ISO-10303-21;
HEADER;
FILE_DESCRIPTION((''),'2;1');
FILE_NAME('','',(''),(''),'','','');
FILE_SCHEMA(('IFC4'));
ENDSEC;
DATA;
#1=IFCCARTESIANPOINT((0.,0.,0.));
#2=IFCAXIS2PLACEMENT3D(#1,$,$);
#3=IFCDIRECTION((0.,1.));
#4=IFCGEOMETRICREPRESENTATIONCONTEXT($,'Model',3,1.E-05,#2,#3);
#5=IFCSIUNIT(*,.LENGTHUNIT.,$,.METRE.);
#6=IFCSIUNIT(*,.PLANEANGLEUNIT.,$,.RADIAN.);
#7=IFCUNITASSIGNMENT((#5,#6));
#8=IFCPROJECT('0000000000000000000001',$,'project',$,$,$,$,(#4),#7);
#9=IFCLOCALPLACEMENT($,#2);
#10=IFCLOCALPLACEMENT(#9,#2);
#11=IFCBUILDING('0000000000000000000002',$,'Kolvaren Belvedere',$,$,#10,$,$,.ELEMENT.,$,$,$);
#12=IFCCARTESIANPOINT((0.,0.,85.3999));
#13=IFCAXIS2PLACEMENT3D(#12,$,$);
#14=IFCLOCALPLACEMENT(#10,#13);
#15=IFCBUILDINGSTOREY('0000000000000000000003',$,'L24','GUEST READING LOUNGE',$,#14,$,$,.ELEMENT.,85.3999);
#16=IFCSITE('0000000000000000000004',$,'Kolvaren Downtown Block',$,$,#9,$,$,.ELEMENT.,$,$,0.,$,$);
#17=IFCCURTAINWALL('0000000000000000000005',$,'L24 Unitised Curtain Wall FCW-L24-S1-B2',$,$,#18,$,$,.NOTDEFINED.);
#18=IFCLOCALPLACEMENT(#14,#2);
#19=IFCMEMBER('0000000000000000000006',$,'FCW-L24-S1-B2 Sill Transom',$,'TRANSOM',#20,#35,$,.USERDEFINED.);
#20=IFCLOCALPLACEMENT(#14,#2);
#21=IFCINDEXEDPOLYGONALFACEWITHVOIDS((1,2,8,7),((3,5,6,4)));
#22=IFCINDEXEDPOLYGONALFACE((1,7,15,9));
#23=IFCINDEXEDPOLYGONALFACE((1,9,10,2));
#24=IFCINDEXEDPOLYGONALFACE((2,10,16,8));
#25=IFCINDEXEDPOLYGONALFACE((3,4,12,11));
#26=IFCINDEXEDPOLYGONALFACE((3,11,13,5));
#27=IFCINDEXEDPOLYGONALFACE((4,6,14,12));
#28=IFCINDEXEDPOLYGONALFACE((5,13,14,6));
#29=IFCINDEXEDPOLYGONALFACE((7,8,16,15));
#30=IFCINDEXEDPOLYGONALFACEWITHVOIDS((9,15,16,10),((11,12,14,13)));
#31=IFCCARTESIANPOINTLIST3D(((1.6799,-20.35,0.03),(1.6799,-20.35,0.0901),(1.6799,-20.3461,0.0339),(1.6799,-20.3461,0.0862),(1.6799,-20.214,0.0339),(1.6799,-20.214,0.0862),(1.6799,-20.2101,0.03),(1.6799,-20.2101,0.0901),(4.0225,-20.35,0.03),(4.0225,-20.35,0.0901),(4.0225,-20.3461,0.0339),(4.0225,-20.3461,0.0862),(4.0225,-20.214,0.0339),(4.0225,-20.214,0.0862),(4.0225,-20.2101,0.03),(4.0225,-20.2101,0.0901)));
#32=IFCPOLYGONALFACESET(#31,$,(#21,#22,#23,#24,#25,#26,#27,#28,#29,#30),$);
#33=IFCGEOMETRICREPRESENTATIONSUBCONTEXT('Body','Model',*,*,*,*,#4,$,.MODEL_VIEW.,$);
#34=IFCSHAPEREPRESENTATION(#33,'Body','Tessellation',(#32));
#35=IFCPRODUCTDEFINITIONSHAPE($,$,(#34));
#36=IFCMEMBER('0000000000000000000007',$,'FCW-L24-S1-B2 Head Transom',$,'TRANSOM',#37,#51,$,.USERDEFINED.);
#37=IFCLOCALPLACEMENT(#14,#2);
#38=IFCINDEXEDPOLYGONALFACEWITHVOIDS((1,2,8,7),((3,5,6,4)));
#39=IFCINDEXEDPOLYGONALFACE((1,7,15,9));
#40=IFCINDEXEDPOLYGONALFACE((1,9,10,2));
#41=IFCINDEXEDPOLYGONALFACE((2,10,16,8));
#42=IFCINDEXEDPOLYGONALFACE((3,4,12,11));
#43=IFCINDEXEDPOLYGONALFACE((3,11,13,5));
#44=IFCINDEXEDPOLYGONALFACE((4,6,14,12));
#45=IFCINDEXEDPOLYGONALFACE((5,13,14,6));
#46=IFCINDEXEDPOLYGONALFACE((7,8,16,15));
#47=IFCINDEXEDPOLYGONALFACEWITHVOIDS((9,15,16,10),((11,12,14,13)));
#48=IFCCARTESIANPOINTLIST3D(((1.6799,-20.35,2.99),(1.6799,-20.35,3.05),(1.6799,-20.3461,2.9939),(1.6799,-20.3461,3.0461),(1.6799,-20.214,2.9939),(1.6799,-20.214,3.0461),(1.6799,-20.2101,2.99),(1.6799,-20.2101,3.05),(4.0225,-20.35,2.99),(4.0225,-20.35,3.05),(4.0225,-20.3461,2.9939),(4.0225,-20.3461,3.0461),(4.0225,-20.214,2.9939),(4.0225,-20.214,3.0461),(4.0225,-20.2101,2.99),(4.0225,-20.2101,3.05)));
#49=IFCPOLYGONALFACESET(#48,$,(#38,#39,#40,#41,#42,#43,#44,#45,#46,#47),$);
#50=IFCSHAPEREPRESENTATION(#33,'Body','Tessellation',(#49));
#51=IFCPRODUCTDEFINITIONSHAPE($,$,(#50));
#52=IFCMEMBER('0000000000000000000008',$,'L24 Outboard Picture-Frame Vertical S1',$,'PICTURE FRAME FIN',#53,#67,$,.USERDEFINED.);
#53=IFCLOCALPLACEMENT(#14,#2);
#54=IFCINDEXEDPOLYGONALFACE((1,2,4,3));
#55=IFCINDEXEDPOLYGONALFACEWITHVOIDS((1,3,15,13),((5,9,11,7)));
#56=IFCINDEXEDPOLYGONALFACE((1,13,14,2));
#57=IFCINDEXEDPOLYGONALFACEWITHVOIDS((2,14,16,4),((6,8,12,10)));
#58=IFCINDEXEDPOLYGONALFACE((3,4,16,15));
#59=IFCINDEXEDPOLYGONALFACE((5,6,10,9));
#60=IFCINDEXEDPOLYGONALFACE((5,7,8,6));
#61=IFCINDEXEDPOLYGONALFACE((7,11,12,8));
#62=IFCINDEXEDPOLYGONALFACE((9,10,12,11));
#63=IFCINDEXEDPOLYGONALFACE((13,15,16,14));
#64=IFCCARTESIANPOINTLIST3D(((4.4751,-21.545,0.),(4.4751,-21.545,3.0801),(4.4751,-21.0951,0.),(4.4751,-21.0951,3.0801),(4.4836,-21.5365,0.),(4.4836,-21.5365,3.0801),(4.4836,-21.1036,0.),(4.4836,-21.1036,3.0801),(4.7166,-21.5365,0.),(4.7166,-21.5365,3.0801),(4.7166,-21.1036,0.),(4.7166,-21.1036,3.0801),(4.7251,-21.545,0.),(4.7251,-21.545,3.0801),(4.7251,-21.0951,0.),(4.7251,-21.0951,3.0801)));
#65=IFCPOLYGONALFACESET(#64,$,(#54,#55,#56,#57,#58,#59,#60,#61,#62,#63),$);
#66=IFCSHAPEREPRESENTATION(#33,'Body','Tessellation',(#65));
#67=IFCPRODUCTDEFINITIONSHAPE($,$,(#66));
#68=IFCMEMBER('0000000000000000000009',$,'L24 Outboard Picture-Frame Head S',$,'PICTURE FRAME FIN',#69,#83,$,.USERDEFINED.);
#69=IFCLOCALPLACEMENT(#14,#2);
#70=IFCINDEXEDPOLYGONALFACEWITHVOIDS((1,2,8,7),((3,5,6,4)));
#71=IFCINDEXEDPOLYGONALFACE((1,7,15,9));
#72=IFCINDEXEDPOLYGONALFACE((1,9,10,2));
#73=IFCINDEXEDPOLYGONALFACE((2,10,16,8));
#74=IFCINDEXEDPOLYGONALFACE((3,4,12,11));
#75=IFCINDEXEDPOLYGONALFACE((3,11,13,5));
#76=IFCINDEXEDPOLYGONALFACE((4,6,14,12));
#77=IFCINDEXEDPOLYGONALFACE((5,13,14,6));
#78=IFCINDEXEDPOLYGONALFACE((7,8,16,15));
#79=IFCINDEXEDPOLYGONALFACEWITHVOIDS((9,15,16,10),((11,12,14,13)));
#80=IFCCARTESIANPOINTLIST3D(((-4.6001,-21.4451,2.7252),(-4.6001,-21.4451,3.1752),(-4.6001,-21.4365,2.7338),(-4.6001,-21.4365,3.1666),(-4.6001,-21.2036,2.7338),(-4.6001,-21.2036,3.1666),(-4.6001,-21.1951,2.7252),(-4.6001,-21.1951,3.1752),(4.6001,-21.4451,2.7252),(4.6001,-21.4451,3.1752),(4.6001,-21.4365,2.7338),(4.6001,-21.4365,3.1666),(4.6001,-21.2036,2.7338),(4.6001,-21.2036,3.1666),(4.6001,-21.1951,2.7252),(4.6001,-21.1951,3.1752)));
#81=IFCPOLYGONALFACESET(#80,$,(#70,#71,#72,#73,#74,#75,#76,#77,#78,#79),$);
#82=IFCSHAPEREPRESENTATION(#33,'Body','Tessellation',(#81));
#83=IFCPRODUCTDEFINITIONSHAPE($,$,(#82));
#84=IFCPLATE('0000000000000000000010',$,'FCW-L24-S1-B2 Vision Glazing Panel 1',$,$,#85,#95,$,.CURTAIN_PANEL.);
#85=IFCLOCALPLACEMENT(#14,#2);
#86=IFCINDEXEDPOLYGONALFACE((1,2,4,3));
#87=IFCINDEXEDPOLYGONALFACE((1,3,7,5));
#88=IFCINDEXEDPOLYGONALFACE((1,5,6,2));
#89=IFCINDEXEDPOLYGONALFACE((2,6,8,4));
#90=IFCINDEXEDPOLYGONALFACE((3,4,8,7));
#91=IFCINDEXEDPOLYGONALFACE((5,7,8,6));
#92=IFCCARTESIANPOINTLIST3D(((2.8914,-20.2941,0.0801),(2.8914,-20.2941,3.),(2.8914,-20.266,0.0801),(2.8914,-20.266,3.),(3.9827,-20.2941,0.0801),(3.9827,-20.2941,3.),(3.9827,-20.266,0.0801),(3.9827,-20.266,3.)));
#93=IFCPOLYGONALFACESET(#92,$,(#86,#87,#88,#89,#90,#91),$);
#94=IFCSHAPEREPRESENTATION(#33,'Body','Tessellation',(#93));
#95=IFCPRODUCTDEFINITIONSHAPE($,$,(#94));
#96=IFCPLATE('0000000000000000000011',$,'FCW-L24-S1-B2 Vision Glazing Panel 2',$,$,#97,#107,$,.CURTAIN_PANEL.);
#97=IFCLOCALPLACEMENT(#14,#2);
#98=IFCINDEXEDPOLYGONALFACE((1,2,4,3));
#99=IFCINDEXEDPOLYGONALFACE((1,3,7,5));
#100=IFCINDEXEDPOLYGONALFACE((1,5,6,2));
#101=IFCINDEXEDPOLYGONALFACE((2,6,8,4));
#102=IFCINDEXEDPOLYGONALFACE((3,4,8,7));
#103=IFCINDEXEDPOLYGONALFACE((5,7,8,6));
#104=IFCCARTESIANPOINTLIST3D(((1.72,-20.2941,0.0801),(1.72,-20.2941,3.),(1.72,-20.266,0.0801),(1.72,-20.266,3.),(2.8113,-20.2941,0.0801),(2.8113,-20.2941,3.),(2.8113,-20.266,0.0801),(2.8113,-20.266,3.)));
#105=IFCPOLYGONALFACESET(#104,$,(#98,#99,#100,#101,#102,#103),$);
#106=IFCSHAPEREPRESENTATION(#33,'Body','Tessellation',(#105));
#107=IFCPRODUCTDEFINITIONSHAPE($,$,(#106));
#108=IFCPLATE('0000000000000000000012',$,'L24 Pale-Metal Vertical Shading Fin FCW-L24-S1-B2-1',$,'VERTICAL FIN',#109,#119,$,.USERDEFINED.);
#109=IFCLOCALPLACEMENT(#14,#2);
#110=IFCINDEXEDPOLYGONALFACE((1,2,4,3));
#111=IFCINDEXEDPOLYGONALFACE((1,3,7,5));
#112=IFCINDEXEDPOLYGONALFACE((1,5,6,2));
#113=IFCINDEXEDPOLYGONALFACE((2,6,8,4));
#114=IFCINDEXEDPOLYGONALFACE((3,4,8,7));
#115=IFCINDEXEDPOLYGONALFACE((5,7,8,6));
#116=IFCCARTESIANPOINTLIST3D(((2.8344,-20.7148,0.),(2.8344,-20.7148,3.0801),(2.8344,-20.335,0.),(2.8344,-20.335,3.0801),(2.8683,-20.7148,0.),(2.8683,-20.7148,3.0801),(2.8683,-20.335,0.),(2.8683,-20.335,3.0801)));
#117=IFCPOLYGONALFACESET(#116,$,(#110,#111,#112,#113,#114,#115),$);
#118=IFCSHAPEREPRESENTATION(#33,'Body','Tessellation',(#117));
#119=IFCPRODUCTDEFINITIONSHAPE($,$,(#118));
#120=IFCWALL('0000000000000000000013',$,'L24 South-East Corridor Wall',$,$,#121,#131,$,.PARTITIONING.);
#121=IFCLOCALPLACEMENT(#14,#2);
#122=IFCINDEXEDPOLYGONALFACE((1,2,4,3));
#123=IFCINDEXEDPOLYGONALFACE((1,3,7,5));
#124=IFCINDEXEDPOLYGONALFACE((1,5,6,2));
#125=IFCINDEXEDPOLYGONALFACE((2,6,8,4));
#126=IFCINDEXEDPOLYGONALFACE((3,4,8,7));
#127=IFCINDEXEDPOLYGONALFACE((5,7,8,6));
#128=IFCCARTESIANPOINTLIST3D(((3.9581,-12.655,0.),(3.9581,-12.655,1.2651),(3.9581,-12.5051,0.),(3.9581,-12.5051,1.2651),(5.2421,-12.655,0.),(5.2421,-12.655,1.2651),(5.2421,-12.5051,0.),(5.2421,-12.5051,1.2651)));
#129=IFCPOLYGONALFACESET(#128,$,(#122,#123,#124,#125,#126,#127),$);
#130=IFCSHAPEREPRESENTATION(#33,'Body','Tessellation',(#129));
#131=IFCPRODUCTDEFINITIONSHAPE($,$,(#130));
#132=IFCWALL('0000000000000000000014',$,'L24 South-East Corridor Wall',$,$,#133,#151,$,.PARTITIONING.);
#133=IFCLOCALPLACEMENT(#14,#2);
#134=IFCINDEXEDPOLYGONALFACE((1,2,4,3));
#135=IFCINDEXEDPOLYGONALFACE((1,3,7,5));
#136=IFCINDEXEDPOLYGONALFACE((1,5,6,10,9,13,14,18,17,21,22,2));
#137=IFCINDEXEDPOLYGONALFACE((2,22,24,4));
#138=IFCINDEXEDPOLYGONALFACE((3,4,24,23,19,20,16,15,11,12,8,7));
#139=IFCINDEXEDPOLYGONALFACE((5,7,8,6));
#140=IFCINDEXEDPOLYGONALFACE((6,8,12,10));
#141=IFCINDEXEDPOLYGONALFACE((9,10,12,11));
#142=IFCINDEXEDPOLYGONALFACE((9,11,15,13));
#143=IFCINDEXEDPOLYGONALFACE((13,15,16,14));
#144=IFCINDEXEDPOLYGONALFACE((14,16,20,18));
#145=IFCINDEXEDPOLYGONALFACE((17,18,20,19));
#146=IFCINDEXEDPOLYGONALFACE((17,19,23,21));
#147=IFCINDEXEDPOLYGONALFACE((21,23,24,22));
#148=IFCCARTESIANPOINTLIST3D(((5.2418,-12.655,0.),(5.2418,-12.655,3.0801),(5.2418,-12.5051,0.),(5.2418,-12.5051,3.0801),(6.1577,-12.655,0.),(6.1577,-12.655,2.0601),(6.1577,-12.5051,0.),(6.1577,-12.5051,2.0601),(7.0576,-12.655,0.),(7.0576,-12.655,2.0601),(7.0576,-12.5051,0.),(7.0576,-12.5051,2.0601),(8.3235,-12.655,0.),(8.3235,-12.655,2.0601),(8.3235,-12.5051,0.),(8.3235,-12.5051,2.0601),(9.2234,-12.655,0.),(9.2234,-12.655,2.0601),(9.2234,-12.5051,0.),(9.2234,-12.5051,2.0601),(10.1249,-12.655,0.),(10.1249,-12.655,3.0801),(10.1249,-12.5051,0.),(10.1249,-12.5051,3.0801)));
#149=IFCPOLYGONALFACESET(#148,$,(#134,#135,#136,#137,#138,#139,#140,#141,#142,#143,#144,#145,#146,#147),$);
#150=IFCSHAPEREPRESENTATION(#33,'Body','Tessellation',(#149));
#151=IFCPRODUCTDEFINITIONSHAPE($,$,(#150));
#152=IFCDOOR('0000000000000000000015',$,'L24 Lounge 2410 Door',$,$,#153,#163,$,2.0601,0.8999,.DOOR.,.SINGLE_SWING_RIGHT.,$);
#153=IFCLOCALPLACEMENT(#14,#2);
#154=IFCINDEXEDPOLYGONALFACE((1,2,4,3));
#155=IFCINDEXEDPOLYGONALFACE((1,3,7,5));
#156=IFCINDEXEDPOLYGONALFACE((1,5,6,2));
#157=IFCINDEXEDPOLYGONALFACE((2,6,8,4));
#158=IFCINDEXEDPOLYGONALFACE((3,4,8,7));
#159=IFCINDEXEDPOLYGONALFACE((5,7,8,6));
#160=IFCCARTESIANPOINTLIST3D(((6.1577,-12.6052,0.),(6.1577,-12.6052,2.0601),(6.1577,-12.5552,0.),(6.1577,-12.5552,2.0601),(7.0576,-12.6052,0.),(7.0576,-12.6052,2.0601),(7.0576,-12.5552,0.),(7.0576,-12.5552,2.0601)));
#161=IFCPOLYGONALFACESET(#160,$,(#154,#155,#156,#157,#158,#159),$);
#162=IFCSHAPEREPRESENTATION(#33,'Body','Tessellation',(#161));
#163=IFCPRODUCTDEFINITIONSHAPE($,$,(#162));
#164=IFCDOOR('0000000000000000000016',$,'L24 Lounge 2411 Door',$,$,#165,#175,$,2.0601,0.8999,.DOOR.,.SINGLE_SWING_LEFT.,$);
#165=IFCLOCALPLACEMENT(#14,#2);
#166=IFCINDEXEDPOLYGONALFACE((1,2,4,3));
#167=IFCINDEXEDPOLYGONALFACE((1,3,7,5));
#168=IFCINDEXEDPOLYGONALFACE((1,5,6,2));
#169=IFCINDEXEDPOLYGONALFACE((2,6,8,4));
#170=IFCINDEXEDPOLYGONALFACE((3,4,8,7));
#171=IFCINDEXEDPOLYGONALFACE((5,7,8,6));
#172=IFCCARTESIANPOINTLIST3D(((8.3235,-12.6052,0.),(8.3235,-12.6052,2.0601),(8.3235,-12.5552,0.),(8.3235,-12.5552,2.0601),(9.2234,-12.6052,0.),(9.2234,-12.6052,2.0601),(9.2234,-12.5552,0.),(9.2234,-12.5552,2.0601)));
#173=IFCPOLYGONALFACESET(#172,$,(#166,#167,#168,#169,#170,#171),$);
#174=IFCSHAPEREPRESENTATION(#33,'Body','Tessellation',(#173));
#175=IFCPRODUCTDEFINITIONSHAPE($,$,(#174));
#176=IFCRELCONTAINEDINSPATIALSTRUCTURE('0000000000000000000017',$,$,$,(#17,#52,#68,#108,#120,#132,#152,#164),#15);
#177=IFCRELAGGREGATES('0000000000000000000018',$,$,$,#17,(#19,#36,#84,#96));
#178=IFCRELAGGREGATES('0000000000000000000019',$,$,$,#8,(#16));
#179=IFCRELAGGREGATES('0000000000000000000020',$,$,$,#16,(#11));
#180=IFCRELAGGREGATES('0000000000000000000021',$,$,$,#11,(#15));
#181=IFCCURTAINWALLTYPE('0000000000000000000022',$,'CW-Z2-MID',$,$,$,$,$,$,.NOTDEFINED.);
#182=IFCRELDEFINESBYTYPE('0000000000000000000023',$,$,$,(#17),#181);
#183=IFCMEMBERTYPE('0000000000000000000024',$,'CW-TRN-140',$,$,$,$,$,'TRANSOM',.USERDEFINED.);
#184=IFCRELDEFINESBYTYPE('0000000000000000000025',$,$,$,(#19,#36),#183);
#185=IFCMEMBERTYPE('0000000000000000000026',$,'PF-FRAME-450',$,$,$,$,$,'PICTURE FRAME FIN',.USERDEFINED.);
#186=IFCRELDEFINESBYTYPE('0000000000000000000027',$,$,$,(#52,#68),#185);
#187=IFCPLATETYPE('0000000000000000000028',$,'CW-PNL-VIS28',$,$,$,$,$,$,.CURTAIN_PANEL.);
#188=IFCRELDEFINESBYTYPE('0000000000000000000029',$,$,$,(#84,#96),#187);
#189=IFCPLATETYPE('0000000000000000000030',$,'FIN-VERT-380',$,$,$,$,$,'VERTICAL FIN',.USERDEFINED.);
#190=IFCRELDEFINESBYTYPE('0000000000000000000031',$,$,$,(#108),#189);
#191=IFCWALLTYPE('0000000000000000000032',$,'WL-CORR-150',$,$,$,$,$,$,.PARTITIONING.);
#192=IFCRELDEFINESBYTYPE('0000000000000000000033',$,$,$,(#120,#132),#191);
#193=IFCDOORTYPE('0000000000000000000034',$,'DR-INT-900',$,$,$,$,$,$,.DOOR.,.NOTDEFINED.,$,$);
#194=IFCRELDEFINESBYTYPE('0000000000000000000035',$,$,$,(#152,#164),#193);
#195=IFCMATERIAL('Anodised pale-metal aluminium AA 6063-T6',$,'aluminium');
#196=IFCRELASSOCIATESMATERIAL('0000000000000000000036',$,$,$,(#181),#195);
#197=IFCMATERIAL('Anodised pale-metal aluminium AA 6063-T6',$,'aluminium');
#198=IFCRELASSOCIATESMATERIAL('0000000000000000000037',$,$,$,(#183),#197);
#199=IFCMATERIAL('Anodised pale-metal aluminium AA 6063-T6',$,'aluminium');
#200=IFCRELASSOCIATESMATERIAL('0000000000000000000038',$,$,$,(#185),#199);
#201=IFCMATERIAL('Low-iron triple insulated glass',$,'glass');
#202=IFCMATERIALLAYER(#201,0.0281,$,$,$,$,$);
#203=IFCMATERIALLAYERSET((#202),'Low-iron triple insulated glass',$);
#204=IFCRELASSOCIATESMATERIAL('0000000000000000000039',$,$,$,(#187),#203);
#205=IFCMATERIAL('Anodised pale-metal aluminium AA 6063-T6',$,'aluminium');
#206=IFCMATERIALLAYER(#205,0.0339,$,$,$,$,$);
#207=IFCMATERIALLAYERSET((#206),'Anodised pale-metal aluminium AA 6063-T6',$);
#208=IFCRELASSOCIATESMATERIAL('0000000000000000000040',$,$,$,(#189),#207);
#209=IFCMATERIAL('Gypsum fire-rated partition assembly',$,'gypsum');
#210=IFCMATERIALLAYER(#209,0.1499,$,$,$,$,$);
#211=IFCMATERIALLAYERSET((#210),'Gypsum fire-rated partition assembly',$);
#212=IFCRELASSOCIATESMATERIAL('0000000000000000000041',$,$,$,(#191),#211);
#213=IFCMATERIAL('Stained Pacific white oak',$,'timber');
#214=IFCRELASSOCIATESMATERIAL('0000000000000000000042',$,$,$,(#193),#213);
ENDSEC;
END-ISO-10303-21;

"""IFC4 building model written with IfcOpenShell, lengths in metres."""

from ifc_helpers import new_model, si_unit, direction, frame, frame_2d, origin, origin_2d, place, context, subcontext, project, spatial, rectangle, hollow_rectangle, extrude, material, layer, layer_set, material_profile, profile_set, type_object, element, fill, aggregate, save


model = new_model("IFC4")

# Units and contexts
model_context = context("Model", 3, precision=1e-05, world=origin(), true_north=direction((0.0, 1.0)))
body_context = subcontext(model_context, "Body", "Model", "MODEL_VIEW")
ifc_project = project(units=[si_unit("LENGTHUNIT", "METRE"), si_unit("PLANEANGLEUNIT", "RADIAN")], contexts=[model_context])

# Site, building, storey
site_placement = place(None, origin())
site = spatial("IfcSite", under=ifc_project, at=site_placement, Name="Kolvaren Downtown Block", CompositionType="ELEMENT", RefElevation=0.0)
building_placement = place(site_placement, origin())
building = spatial("IfcBuilding", under=site, at=building_placement, Name="Kolvaren Belvedere", CompositionType="ELEMENT")
storey_placement = place(building_placement, frame((0.0, 0.0, 85.3999)))
storey = spatial("IfcBuildingStorey", under=building, at=storey_placement, Name="L24", Description="GUEST READING LOUNGE", CompositionType="ELEMENT", Elevation=85.3999)

# Shared definitions
ifc_material_1 = material(Name="Anodised pale-metal aluminium AA 6063-T6", Category="aluminium")
curtain_wall_type = type_object("IfcCurtainWallType", Name="CW-Z2-MID", PredefinedType="NOTDEFINED", material=ifc_material_1)

# Curtain wall, members
curtain_wall_1_placement = place(storey_placement, origin())
curtain_wall_1 = element("IfcCurtainWall", 1, at=curtain_wall_1_placement, inside=storey, type_object=curtain_wall_type, Name="L24 Unitised Curtain Wall FCW-L24-S1-B2", PredefinedType="NOTDEFINED")
ifc_material_2 = material(Name="Anodised pale-metal aluminium AA 6063-T6", Category="aluminium")
ifc_material_profile_1 = material_profile(ifc_material_2, hollow_rectangle(XDim=0.0601, YDim=0.1399, WallThickness=0.0039, at=origin_2d()), Name="ALU-TRN-140X60")
ifc_profile_set_1 = profile_set([ifc_material_profile_1], Name="Anodised pale-metal aluminium AA 6063-T6")
member_type_1 = type_object("IfcMemberType", Name="CW-TRN-140", ElementType="TRANSOM", PredefinedType="USERDEFINED", material=ifc_profile_set_1)
member_1_placement = place(storey_placement, frame((4.0225, -20.28, 0.0601), z_axis=(-1.0, 0.0, 0.0), x_axis=(0.0, 0.0, 1.0)))
member_1 = element("IfcMember", 2, at=member_1_placement, type_object=member_type_1, Name="FCW-L24-S1-B2 Sill Transom", ObjectType="TRANSOM", PredefinedType="USERDEFINED", context=body_context, shape_type="SweptSolid", body=[
    extrude(hollow_rectangle(XDim=0.0601, YDim=0.1399, WallThickness=0.0039, at=origin_2d()), origin(), (0.0, 0.0, 1.0), 2.3425),
])
member_2_placement = place(storey_placement, frame((4.0225, -20.28, 3.02), z_axis=(-1.0, 0.0, 0.0), x_axis=(0.0, 0.0, 1.0)))
member_2 = element("IfcMember", 3, at=member_2_placement, type_object=member_type_1, Name="FCW-L24-S1-B2 Head Transom", ObjectType="TRANSOM", PredefinedType="USERDEFINED", context=body_context, shape_type="SweptSolid", body=[
    extrude(hollow_rectangle(XDim=0.0601, YDim=0.1399, WallThickness=0.0039, at=origin_2d()), origin(), (0.0, 0.0, 1.0), 2.3425),
])

# Members
ifc_material_3 = material(Name="Anodised pale-metal aluminium AA 6063-T6", Category="aluminium")
ifc_material_profile_2 = material_profile(ifc_material_3, hollow_rectangle(XDim=0.25, YDim=0.45, WallThickness=0.0085, at=origin_2d()), Name="ALU-PF-450X250")
ifc_profile_set_2 = profile_set([ifc_material_profile_2], Name="Anodised pale-metal aluminium AA 6063-T6")
member_type_2 = type_object("IfcMemberType", Name="PF-FRAME-450", ElementType="PICTURE FRAME FIN", PredefinedType="USERDEFINED", material=ifc_profile_set_2)
member_3_placement = place(storey_placement, frame((4.6001, -21.3201, 0.0), z_axis=(0.0, 0.0, 1.0), x_axis=(1.0, 0.0, 0.0)))
element("IfcMember", 4, at=member_3_placement, inside=storey, type_object=member_type_2, Name="L24 Outboard Picture-Frame Vertical S1", ObjectType="PICTURE FRAME FIN", PredefinedType="USERDEFINED", context=body_context, shape_type="SweptSolid", body=[
    extrude(hollow_rectangle(XDim=0.25, YDim=0.45, WallThickness=0.0085, at=origin_2d()), origin(), (0.0, 0.0, 1.0), 3.0801),
])
member_4_placement = place(storey_placement, frame((4.6001, -21.3201, 2.9502), z_axis=(-1.0, 0.0, 0.0), x_axis=(0.0, -1.0, 0.0)))
element("IfcMember", 5, at=member_4_placement, inside=storey, type_object=member_type_2, Name="L24 Outboard Picture-Frame Head S", ObjectType="PICTURE FRAME FIN", PredefinedType="USERDEFINED", context=body_context, shape_type="SweptSolid", body=[
    extrude(hollow_rectangle(XDim=0.25, YDim=0.45, WallThickness=0.0085, at=origin_2d()), origin(), (0.0, 0.0, 1.0), 9.2002),
])

# Plates
ifc_material_4 = material(Name="Low-iron triple insulated glass", Category="glass")
ifc_layer_1 = layer(ifc_material_4, 0.0281)
ifc_layer_set_1 = layer_set([ifc_layer_1], Name="Low-iron triple insulated glass")
plate_type_1 = type_object("IfcPlateType", Name="CW-PNL-VIS28", PredefinedType="CURTAIN_PANEL", material=ifc_layer_set_1)
plate_1_placement = place(storey_placement, frame((3.437, -20.28, 0.0801), z_axis=(0.0, 0.0, 1.0), x_axis=(-1.0, 0.0, 0.0)))
plate_1 = element("IfcPlate", 6, at=plate_1_placement, type_object=plate_type_1, Name="FCW-L24-S1-B2 Vision Glazing Panel 1", PredefinedType="CURTAIN_PANEL", context=body_context, shape_type="SweptSolid", body=[
    extrude(rectangle(XDim=1.0913, YDim=0.0281, at=origin_2d()), origin(), (0.0, 0.0, 1.0), 2.9199),
])
plate_2_placement = place(storey_placement, frame((2.2656, -20.28, 0.0801), z_axis=(0.0, 0.0, 1.0), x_axis=(-1.0, 0.0, 0.0)))
plate_2 = element("IfcPlate", 7, at=plate_2_placement, type_object=plate_type_1, Name="FCW-L24-S1-B2 Vision Glazing Panel 2", PredefinedType="CURTAIN_PANEL", context=body_context, shape_type="SweptSolid", body=[
    extrude(rectangle(XDim=1.0913, YDim=0.0281, at=origin_2d()), origin(), (0.0, 0.0, 1.0), 2.9199),
])
aggregate(curtain_wall_1, [member_1, member_2, plate_1, plate_2])
ifc_material_5 = material(Name="Anodised pale-metal aluminium AA 6063-T6", Category="aluminium")
ifc_layer_2 = layer(ifc_material_5, 0.0339)
ifc_layer_set_2 = layer_set([ifc_layer_2], Name="Anodised pale-metal aluminium AA 6063-T6")
plate_type_2 = type_object("IfcPlateType", Name="FIN-VERT-380", ElementType="VERTICAL FIN", PredefinedType="USERDEFINED", material=ifc_layer_set_2)
plate_3_placement = place(storey_placement, frame((2.8513, -20.5249, 0.0), z_axis=(0.0, 0.0, 1.0), x_axis=(0.0, 1.0, 0.0)))
element("IfcPlate", 8, at=plate_3_placement, inside=storey, type_object=plate_type_2, Name="L24 Pale-Metal Vertical Shading Fin FCW-L24-S1-B2-1", ObjectType="VERTICAL FIN", PredefinedType="USERDEFINED", context=body_context, shape_type="SweptSolid", body=[
    extrude(rectangle(XDim=0.3799, YDim=0.0339, at=origin_2d()), origin(), (0.0, 0.0, 1.0), 3.0801),
])

# Wall
ifc_material_6 = material(Name="Gypsum fire-rated partition assembly", Category="gypsum")
ifc_layer_3 = layer(ifc_material_6, 0.1499)
ifc_layer_set_3 = layer_set([ifc_layer_3], Name="Gypsum fire-rated partition assembly")
wall_type_1 = type_object("IfcWallType", Name="WL-CORR-150", PredefinedType="PARTITIONING", material=ifc_layer_set_3)
wall_1_placement = place(storey_placement, frame((3.958, -12.5801, 0.0), z_axis=(0.0, 0.0, 1.0), x_axis=(1.0, 0.0, 0.0)))
element("IfcWall", 9, at=wall_1_placement, inside=storey, type_object=wall_type_1, Name="L24 South-East Corridor Wall", PredefinedType="PARTITIONING", context=body_context, shape_type="SweptSolid", body=[
    extrude(rectangle(XDim=1.2839, YDim=0.1499, at=frame_2d((0.6421, 0.0))), origin(), (0.0, 0.0, 1.0), 1.2651),
])

# Wall, openings, doors
wall_2_placement = place(storey_placement, frame((5.2419, -12.5801, 0.0), z_axis=(0.0, 0.0, 1.0), x_axis=(1.0, 0.0, 0.0)))
wall_2 = element("IfcWall", 10, at=wall_2_placement, inside=storey, type_object=wall_type_1, Name="L24 South-East Corridor Wall", PredefinedType="PARTITIONING", context=body_context, shape_type="SweptSolid", body=[
    extrude(rectangle(XDim=4.8831, YDim=0.1499, at=frame_2d((2.4414, 0.0))), origin(), (0.0, 0.0, 1.0), 3.0801),
])
opening_1_placement = place(wall_2_placement, frame((0.9158, 0.0, 0.0)))
opening_1 = element("IfcOpeningElement", 11, at=opening_1_placement, cuts=wall_2, PredefinedType="OPENING", context=body_context, shape_type="SweptSolid", body=[
    extrude(rectangle(XDim=0.8999, YDim=2.0601, at=frame_2d((0.45, 1.03))), frame((0.0, 0.085, 0.0), z_axis=(0.0, -1.0, 0.0), x_axis=(1.0, 0.0, 0.0)), (0.0, 0.0, 1.0), 0.1699),
])
opening_2_placement = place(wall_2_placement, frame((3.0815, 0.0, 0.0)))
opening_2 = element("IfcOpeningElement", 12, at=opening_2_placement, cuts=wall_2, PredefinedType="OPENING", context=body_context, shape_type="SweptSolid", body=[
    extrude(rectangle(XDim=0.8999, YDim=2.0601, at=frame_2d((0.45, 1.03))), frame((0.0, 0.085, 0.0), z_axis=(0.0, -1.0, 0.0), x_axis=(1.0, 0.0, 0.0)), (0.0, 0.0, 1.0), 0.1699),
])
ifc_material_7 = material(Name="Stained Pacific white oak", Category="timber")
door_type_1 = type_object("IfcDoorType", Name="DR-INT-900", OperationType="NOTDEFINED", PredefinedType="DOOR", material=ifc_material_7)
door_1_placement = place(opening_1_placement, origin())
door_1 = element("IfcDoor", 13, at=door_1_placement, inside=storey, type_object=door_type_1, Name="L24 Lounge 2410 Door", OperationType="SINGLE_SWING_RIGHT", OverallHeight=2.0601, OverallWidth=0.8999, PredefinedType="DOOR", context=body_context, shape_type="SweptSolid", body=[
    extrude(rectangle(XDim=0.8999, YDim=2.0601, at=frame_2d((0.45, 1.03))), frame((0.0, 0.0249, 0.0), z_axis=(0.0, -1.0, 0.0), x_axis=(1.0, 0.0, 0.0)), (0.0, 0.0, 1.0), 0.05),
])
fill(opening_1, door_1)
door_2_placement = place(opening_2_placement, origin())
door_2 = element("IfcDoor", 14, at=door_2_placement, inside=storey, type_object=door_type_1, Name="L24 Lounge 2411 Door", OperationType="SINGLE_SWING_LEFT", OverallHeight=2.0601, OverallWidth=0.8999, PredefinedType="DOOR", context=body_context, shape_type="SweptSolid", body=[
    extrude(rectangle(XDim=0.8999, YDim=2.0601, at=frame_2d((0.45, 1.03))), frame((0.0, 0.0249, 0.0), z_axis=(0.0, -1.0, 0.0), x_axis=(1.0, 0.0, 0.0)), (0.0, 0.0, 1.0), 0.05),
])
fill(opening_2, door_2)

save(model, "model.ifc")
